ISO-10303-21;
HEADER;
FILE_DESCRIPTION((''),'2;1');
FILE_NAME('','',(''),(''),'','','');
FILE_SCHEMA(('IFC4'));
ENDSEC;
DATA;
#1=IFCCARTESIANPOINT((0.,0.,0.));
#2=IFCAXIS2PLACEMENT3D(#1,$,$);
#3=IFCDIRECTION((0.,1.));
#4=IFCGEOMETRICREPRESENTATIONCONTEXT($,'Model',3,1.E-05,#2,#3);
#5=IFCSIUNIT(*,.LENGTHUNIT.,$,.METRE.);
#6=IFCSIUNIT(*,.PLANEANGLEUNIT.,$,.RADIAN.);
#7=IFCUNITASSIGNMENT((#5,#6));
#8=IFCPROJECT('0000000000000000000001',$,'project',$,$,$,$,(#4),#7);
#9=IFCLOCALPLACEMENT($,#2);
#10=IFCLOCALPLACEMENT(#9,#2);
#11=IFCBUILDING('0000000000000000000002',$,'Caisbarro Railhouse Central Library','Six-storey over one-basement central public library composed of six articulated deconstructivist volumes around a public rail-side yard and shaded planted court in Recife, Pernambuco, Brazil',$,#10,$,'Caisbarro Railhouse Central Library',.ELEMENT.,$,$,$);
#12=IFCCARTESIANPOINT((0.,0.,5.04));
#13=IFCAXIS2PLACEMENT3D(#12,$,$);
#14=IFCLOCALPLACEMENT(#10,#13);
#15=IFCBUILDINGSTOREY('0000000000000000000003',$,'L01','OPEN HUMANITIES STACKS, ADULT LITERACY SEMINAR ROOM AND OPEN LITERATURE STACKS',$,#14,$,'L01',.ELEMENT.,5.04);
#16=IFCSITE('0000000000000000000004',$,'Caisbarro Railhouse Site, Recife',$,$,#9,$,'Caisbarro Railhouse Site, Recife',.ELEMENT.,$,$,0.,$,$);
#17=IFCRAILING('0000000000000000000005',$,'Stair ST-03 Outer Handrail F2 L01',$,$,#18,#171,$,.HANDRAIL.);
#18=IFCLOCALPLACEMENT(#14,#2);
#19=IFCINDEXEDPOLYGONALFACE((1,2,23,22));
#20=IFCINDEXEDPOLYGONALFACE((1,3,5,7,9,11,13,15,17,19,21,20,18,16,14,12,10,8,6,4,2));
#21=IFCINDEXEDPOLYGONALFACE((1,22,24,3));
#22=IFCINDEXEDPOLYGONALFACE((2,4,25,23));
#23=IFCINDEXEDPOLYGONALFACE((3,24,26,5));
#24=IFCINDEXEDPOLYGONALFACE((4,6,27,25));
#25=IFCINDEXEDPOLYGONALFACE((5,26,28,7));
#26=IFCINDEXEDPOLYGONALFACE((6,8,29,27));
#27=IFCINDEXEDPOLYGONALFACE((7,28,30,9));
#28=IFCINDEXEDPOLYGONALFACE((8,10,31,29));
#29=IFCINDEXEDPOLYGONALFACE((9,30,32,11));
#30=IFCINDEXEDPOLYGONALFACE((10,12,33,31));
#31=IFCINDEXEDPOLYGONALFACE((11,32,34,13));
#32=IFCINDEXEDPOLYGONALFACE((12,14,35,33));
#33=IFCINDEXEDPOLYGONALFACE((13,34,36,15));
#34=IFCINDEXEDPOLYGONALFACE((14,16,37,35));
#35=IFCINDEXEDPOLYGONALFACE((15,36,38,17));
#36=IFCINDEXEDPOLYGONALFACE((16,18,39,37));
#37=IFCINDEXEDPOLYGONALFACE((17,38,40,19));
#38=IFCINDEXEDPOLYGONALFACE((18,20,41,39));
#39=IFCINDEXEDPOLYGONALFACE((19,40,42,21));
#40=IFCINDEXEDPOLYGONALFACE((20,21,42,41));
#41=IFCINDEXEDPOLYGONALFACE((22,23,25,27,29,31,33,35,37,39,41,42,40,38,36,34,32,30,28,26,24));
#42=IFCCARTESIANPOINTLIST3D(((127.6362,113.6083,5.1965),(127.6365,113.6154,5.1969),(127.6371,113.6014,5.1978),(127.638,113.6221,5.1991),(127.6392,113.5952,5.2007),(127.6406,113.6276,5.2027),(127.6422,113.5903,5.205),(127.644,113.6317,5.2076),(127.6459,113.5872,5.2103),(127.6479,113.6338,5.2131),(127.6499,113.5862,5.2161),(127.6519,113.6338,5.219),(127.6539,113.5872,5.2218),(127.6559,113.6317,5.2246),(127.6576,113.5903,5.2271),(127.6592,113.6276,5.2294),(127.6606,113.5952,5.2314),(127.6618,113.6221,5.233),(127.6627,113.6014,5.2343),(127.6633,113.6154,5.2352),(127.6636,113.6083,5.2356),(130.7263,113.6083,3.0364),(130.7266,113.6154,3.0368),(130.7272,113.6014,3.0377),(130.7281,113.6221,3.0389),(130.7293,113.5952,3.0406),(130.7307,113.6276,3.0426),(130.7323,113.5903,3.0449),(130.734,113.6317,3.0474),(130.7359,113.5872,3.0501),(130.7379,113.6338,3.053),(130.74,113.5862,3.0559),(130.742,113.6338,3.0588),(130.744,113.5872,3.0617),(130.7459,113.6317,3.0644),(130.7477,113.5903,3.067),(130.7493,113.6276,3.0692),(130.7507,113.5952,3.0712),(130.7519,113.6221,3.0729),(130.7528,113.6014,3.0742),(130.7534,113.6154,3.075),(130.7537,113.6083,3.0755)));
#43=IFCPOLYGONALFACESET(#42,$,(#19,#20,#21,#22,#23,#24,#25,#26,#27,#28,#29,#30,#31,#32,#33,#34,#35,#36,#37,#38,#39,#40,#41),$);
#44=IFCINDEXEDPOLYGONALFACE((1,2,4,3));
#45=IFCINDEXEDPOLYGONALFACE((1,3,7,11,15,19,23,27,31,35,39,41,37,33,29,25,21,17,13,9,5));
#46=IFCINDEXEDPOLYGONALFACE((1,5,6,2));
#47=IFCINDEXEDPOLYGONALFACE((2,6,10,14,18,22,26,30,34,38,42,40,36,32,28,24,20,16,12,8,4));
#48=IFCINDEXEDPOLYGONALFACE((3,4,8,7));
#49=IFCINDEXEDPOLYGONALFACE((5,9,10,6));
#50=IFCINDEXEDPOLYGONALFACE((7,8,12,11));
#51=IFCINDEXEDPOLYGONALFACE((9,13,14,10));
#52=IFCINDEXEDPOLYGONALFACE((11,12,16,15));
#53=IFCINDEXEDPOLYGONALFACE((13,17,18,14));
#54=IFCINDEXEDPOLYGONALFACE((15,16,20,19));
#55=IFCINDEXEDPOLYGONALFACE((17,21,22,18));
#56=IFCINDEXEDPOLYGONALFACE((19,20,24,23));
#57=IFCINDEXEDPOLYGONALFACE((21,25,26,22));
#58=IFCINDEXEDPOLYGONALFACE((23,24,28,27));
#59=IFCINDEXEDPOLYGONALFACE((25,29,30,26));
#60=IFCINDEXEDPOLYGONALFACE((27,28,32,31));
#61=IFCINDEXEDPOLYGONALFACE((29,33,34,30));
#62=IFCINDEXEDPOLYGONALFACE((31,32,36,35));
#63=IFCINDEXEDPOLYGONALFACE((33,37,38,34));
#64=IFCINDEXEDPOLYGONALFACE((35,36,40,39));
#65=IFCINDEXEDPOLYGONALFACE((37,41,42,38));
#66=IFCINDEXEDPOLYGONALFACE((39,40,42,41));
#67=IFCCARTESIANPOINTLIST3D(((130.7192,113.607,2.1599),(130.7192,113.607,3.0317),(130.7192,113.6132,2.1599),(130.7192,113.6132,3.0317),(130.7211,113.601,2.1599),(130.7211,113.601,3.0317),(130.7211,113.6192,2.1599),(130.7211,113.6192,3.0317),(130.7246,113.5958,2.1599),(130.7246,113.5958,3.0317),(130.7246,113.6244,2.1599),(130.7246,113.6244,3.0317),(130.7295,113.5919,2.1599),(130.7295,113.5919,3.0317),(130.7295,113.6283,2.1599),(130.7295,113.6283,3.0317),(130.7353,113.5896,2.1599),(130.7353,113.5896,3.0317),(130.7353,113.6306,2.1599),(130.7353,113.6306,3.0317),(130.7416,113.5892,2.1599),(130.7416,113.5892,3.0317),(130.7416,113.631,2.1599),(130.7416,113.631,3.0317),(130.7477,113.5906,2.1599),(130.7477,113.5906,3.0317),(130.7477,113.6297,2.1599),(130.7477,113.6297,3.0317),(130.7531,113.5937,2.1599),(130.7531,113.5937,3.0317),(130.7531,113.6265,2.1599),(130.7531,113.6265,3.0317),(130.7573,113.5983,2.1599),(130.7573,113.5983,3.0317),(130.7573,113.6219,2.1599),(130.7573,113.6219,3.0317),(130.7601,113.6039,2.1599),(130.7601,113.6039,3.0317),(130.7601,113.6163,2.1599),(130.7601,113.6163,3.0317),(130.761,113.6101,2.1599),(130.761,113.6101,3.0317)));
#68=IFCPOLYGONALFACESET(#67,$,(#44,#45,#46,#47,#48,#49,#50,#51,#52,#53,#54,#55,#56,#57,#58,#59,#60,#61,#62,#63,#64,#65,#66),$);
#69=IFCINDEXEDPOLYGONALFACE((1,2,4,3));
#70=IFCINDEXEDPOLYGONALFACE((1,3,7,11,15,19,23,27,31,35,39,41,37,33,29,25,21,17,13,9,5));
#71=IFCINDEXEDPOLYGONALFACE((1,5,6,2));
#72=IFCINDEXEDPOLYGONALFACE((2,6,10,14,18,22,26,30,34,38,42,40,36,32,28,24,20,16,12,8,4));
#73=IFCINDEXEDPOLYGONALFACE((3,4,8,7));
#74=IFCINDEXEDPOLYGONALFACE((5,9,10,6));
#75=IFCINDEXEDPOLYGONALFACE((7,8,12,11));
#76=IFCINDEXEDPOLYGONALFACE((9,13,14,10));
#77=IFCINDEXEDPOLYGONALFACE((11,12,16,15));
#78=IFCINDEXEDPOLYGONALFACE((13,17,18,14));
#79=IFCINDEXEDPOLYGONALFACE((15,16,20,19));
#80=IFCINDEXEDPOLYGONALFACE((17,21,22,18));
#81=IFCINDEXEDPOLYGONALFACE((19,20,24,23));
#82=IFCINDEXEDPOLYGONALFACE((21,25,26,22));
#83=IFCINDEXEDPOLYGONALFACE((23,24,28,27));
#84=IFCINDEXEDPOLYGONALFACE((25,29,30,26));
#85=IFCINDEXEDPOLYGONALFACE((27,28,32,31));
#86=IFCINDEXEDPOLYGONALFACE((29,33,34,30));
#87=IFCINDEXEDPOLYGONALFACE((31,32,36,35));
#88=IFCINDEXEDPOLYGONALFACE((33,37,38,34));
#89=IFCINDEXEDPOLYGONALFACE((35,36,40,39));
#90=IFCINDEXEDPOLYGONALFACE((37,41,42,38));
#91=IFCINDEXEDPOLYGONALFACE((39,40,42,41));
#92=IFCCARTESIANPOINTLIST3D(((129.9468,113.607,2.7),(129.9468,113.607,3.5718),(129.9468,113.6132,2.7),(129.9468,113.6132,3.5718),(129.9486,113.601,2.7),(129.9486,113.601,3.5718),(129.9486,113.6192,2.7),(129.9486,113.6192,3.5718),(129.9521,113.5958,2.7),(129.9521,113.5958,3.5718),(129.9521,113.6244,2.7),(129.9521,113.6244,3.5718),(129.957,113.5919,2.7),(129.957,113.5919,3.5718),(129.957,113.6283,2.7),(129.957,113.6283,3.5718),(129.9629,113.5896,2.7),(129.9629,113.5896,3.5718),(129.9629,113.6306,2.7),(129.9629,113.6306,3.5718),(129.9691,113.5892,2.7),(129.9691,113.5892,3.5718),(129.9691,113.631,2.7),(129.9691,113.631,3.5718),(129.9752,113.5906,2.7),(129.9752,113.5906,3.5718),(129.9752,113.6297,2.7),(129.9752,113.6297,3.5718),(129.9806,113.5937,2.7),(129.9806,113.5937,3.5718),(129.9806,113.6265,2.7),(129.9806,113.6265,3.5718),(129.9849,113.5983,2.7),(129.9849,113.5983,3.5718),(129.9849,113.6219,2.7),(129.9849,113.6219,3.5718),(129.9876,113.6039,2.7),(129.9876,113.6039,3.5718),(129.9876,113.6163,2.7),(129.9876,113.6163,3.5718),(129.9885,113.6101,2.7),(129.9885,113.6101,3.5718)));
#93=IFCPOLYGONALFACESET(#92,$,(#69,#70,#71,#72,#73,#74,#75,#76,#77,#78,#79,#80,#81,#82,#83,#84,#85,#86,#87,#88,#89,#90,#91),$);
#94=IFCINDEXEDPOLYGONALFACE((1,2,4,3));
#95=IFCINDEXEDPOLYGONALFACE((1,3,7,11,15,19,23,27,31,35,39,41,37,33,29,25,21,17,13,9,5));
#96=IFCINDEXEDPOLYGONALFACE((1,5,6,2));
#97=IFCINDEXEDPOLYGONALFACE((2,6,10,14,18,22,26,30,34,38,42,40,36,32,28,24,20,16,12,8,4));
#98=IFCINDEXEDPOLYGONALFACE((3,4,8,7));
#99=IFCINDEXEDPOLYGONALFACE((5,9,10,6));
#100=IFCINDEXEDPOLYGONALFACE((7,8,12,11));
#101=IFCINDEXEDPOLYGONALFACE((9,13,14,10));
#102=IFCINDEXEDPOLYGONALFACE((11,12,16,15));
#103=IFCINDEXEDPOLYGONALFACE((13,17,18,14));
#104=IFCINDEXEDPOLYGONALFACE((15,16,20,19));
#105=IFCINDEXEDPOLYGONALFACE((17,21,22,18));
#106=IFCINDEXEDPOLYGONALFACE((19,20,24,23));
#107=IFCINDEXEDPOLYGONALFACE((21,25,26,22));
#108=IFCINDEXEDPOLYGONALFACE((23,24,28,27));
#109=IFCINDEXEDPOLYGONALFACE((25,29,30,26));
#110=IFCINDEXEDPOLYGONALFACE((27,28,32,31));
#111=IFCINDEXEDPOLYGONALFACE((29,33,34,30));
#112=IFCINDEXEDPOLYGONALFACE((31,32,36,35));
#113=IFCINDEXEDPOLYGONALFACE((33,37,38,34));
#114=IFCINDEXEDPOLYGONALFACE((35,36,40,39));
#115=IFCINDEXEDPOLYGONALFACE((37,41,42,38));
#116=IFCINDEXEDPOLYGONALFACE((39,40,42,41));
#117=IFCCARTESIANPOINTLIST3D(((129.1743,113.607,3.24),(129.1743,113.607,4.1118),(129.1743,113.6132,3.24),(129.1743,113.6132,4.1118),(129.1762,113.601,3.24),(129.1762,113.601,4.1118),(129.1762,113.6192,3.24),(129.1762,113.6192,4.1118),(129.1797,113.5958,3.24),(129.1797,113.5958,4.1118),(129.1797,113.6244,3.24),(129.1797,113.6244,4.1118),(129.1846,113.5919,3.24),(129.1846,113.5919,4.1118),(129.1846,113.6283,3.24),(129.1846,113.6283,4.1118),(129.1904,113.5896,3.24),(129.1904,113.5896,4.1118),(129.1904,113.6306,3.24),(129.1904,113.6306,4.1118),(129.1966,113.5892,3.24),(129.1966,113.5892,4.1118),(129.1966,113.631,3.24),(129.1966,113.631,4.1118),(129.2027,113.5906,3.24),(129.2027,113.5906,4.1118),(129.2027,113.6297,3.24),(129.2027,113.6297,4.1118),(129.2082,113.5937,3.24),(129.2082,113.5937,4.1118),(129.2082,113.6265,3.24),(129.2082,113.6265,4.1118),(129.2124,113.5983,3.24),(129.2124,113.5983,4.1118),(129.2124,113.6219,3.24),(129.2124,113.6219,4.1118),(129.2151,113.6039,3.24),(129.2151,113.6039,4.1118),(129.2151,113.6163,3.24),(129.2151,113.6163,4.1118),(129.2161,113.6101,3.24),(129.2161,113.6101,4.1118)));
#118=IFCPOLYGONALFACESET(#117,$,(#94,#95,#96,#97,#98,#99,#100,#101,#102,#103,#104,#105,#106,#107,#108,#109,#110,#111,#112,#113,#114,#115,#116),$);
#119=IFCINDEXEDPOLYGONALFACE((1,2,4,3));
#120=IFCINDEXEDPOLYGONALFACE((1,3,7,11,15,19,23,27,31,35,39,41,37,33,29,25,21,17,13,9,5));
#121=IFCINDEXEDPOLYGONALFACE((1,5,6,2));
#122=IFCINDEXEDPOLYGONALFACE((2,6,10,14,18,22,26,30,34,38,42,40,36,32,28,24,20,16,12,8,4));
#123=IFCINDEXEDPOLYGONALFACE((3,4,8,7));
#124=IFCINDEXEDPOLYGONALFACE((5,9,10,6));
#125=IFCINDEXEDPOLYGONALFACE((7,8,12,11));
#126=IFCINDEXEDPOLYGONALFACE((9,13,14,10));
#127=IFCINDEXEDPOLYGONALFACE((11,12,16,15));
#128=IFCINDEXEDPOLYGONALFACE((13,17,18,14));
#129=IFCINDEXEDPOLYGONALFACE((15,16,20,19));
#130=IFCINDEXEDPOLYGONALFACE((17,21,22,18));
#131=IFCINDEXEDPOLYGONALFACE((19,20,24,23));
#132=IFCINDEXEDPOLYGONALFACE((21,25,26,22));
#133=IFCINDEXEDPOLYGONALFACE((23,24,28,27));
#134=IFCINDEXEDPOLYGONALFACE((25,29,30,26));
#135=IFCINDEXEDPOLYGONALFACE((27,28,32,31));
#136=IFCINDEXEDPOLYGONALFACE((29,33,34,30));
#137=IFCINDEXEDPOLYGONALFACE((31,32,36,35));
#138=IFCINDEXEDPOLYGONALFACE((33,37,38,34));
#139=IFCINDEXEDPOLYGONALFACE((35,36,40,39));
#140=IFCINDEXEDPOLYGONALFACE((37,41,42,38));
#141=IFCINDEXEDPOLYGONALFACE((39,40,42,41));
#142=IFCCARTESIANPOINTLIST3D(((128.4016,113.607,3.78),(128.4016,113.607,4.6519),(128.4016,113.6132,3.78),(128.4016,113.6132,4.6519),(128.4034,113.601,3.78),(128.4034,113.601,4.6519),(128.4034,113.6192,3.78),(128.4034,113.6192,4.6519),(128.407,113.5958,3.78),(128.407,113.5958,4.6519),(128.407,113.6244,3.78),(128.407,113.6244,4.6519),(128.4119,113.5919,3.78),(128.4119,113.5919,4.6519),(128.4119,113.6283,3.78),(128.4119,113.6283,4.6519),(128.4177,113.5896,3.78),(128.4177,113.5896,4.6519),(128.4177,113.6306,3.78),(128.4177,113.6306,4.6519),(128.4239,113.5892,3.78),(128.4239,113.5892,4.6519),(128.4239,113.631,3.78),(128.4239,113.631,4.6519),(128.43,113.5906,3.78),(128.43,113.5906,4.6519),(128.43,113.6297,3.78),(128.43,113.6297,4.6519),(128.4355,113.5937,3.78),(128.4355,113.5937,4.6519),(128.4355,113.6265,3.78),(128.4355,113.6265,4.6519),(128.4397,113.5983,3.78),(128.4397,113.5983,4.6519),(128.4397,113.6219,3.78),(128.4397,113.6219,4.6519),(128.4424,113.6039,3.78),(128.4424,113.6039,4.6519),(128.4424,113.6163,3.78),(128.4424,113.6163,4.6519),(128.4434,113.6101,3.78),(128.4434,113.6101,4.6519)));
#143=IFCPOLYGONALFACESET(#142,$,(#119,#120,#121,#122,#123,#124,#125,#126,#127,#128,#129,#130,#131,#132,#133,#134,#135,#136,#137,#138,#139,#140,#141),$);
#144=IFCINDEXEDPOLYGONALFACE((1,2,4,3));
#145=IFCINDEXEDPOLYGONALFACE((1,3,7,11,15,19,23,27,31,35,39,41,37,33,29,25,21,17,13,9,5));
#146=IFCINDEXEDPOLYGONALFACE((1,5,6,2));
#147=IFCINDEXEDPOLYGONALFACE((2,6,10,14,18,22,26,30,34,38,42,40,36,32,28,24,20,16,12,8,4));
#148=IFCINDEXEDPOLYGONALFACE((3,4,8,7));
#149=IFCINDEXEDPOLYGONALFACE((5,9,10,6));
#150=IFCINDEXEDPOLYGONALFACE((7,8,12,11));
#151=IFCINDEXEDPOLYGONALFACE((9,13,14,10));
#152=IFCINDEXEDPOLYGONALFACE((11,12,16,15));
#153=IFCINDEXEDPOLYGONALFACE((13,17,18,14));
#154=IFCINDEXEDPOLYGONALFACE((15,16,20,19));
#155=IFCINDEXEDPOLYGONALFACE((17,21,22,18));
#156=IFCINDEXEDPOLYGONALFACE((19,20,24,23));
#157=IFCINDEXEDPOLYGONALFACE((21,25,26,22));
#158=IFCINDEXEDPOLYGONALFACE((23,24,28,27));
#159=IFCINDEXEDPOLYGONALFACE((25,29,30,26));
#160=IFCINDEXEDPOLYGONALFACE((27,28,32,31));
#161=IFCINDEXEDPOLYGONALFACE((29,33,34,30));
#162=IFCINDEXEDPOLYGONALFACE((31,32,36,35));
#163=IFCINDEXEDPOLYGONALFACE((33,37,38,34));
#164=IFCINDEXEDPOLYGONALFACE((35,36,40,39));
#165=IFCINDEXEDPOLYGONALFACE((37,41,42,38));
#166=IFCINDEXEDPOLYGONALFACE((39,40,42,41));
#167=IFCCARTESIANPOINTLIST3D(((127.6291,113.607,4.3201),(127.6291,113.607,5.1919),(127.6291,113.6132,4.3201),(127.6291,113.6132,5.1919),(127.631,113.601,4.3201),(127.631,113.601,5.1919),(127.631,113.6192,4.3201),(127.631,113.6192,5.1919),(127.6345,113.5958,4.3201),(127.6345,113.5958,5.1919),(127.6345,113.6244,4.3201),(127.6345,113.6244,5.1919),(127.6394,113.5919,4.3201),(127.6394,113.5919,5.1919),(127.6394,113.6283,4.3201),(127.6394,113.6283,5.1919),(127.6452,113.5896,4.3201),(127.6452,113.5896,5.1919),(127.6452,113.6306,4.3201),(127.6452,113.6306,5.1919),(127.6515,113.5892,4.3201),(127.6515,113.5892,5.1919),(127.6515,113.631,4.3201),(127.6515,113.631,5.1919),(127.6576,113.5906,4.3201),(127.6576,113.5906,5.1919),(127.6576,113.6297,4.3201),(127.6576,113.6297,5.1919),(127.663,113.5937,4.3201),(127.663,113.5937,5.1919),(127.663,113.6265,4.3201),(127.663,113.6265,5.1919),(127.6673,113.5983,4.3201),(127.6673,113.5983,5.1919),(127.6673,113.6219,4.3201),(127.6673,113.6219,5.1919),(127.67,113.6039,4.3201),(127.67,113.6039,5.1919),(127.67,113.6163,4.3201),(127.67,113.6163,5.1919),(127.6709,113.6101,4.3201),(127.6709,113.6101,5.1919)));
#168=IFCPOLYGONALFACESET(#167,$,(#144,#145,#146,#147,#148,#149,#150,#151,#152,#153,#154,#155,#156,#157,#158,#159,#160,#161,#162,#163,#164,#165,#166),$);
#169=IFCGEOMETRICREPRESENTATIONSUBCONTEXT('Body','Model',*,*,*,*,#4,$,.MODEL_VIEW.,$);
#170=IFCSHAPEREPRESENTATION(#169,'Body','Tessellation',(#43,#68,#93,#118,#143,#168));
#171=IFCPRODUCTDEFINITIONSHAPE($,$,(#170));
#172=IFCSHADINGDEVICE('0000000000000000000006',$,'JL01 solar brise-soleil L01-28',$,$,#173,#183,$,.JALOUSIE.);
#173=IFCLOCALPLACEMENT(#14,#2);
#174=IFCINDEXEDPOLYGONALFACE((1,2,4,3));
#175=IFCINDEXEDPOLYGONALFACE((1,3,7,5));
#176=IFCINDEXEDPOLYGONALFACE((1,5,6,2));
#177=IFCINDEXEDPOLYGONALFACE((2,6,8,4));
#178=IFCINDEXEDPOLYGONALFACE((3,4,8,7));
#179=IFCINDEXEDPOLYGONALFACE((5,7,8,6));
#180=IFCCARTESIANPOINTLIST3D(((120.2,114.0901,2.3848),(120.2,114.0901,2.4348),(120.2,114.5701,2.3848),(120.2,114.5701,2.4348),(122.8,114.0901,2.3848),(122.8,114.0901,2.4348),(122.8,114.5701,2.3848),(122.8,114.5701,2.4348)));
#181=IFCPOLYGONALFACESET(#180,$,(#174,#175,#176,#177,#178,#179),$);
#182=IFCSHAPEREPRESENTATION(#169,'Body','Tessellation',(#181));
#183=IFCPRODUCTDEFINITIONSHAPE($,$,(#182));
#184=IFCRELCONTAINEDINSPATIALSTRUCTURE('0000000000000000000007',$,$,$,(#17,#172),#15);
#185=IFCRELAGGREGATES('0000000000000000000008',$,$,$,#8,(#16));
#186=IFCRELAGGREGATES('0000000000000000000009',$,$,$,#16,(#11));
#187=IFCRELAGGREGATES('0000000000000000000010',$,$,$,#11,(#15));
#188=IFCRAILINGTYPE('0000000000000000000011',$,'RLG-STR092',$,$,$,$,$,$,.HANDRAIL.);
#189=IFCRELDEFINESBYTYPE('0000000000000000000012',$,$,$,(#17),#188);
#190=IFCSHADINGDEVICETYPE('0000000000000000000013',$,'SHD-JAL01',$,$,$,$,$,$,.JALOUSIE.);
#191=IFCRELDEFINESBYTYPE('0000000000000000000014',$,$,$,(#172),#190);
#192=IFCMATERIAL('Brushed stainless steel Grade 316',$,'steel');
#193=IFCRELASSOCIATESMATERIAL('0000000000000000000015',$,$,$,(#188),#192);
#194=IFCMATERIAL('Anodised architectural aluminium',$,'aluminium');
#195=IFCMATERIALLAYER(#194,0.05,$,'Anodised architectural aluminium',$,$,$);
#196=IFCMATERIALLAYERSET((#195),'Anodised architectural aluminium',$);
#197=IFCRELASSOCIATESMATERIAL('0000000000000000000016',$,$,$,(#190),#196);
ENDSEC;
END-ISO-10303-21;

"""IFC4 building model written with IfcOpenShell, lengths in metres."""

from ifc_helpers import new_model, si_unit, direction, frame, origin, origin_2d, place, context, subcontext, project, spatial, rectangle, circle, extrude, material, layer, layer_set, type_object, element, save


model = new_model("IFC4")

# Units and contexts
model_context = context("Model", 3, precision=1e-05, world=origin(), true_north=direction((0.0, 1.0)))
body_context = subcontext(model_context, "Body", "Model", "MODEL_VIEW")
ifc_project = project(units=[si_unit("LENGTHUNIT", "METRE"), si_unit("PLANEANGLEUNIT", "RADIAN")], contexts=[model_context])

# Site, building, storey
site_placement = place(None, origin())
site = spatial("IfcSite", under=ifc_project, at=site_placement, Name="Caisbarro Railhouse Site, Recife", LongName="Caisbarro Railhouse Site, Recife", CompositionType="ELEMENT", RefElevation=0.0)
building_placement = place(site_placement, origin())
building = spatial("IfcBuilding", under=site, at=building_placement, Name="Caisbarro Railhouse Central Library", Description="Six-storey over one-basement central public library composed of six articulated deconstructivist volumes around a public rail-side yard and shaded planted court in Recife, Pernambuco, Brazil", LongName="Caisbarro Railhouse Central Library", CompositionType="ELEMENT")
storey_placement = place(building_placement, frame((0.0, 0.0, 5.04)))
storey = spatial("IfcBuildingStorey", under=building, at=storey_placement, Name="L01", Description="OPEN HUMANITIES STACKS, ADULT LITERACY SEMINAR ROOM AND OPEN LITERATURE STACKS", LongName="L01", CompositionType="ELEMENT", Elevation=5.04)

# Railing
ifc_material_1 = material(Name="Brushed stainless steel Grade 316", Category="steel")
railing_type_1 = type_object("IfcRailingType", Name="RLG-STR092", PredefinedType="HANDRAIL", material=ifc_material_1)
railing_1_placement = place(storey_placement, frame((130.74, 113.6101, 2.1599)))
element("IfcRailing", 1, at=railing_1_placement, inside=storey, type_object=railing_type_1, Name="Stair ST-03 Outer Handrail F2 L01", PredefinedType="HANDRAIL", context=body_context, shape_type="SweptSolid", body=[
    extrude(circle(Radius=0.0239, at=origin_2d()), frame((0.0, 0.0, 0.896), z_axis=(-0.819594, 0.0, 0.572945), x_axis=(0.0, -1.0, 0.0)), (0.0, 0.0, 1.0), 3.7703),
    extrude(circle(Radius=0.021, at=origin_2d()), origin(), (0.0, 0.0, 1.0), 0.8718),
    extrude(circle(Radius=0.021, at=origin_2d()), frame((-0.7725, 0.0, 0.54)), (0.0, 0.0, 1.0), 0.8718),
    extrude(circle(Radius=0.021, at=origin_2d()), frame((-1.5449, 0.0, 1.0801)), (0.0, 0.0, 1.0), 0.8718),
    extrude(circle(Radius=0.021, at=origin_2d()), frame((-2.3176, 0.0, 1.6201)), (0.0, 0.0, 1.0), 0.8718),
    extrude(circle(Radius=0.021, at=origin_2d()), frame((-3.0901, 0.0, 2.1602)), (0.0, 0.0, 1.0), 0.8718),
])

# Shading device
ifc_material_2 = material(Name="Anodised architectural aluminium", Category="aluminium")
ifc_layer_1 = layer(ifc_material_2, 0.05, Name="Anodised architectural aluminium")
ifc_layer_set_1 = layer_set([ifc_layer_1], Name="Anodised architectural aluminium")
shading_device_type = type_object("IfcShadingDeviceType", Name="SHD-JAL01", PredefinedType="JALOUSIE", material=ifc_layer_set_1)
shading_device_placement = place(storey_placement, frame((121.5, 114.3301, 2.3848), z_axis=(0.0, 0.0, 1.0), x_axis=(1.0, 0.0, 0.0)))
element("IfcShadingDevice", 2, at=shading_device_placement, inside=storey, type_object=shading_device_type, Name="JL01 solar brise-soleil L01-28", PredefinedType="JALOUSIE", context=body_context, shape_type="SweptSolid", body=[
    extrude(rectangle(XDim=2.6001, YDim=0.48, at=origin_2d()), origin(), (0.0, 0.0, 1.0), 0.05),
])

save(model, "model.ifc")
